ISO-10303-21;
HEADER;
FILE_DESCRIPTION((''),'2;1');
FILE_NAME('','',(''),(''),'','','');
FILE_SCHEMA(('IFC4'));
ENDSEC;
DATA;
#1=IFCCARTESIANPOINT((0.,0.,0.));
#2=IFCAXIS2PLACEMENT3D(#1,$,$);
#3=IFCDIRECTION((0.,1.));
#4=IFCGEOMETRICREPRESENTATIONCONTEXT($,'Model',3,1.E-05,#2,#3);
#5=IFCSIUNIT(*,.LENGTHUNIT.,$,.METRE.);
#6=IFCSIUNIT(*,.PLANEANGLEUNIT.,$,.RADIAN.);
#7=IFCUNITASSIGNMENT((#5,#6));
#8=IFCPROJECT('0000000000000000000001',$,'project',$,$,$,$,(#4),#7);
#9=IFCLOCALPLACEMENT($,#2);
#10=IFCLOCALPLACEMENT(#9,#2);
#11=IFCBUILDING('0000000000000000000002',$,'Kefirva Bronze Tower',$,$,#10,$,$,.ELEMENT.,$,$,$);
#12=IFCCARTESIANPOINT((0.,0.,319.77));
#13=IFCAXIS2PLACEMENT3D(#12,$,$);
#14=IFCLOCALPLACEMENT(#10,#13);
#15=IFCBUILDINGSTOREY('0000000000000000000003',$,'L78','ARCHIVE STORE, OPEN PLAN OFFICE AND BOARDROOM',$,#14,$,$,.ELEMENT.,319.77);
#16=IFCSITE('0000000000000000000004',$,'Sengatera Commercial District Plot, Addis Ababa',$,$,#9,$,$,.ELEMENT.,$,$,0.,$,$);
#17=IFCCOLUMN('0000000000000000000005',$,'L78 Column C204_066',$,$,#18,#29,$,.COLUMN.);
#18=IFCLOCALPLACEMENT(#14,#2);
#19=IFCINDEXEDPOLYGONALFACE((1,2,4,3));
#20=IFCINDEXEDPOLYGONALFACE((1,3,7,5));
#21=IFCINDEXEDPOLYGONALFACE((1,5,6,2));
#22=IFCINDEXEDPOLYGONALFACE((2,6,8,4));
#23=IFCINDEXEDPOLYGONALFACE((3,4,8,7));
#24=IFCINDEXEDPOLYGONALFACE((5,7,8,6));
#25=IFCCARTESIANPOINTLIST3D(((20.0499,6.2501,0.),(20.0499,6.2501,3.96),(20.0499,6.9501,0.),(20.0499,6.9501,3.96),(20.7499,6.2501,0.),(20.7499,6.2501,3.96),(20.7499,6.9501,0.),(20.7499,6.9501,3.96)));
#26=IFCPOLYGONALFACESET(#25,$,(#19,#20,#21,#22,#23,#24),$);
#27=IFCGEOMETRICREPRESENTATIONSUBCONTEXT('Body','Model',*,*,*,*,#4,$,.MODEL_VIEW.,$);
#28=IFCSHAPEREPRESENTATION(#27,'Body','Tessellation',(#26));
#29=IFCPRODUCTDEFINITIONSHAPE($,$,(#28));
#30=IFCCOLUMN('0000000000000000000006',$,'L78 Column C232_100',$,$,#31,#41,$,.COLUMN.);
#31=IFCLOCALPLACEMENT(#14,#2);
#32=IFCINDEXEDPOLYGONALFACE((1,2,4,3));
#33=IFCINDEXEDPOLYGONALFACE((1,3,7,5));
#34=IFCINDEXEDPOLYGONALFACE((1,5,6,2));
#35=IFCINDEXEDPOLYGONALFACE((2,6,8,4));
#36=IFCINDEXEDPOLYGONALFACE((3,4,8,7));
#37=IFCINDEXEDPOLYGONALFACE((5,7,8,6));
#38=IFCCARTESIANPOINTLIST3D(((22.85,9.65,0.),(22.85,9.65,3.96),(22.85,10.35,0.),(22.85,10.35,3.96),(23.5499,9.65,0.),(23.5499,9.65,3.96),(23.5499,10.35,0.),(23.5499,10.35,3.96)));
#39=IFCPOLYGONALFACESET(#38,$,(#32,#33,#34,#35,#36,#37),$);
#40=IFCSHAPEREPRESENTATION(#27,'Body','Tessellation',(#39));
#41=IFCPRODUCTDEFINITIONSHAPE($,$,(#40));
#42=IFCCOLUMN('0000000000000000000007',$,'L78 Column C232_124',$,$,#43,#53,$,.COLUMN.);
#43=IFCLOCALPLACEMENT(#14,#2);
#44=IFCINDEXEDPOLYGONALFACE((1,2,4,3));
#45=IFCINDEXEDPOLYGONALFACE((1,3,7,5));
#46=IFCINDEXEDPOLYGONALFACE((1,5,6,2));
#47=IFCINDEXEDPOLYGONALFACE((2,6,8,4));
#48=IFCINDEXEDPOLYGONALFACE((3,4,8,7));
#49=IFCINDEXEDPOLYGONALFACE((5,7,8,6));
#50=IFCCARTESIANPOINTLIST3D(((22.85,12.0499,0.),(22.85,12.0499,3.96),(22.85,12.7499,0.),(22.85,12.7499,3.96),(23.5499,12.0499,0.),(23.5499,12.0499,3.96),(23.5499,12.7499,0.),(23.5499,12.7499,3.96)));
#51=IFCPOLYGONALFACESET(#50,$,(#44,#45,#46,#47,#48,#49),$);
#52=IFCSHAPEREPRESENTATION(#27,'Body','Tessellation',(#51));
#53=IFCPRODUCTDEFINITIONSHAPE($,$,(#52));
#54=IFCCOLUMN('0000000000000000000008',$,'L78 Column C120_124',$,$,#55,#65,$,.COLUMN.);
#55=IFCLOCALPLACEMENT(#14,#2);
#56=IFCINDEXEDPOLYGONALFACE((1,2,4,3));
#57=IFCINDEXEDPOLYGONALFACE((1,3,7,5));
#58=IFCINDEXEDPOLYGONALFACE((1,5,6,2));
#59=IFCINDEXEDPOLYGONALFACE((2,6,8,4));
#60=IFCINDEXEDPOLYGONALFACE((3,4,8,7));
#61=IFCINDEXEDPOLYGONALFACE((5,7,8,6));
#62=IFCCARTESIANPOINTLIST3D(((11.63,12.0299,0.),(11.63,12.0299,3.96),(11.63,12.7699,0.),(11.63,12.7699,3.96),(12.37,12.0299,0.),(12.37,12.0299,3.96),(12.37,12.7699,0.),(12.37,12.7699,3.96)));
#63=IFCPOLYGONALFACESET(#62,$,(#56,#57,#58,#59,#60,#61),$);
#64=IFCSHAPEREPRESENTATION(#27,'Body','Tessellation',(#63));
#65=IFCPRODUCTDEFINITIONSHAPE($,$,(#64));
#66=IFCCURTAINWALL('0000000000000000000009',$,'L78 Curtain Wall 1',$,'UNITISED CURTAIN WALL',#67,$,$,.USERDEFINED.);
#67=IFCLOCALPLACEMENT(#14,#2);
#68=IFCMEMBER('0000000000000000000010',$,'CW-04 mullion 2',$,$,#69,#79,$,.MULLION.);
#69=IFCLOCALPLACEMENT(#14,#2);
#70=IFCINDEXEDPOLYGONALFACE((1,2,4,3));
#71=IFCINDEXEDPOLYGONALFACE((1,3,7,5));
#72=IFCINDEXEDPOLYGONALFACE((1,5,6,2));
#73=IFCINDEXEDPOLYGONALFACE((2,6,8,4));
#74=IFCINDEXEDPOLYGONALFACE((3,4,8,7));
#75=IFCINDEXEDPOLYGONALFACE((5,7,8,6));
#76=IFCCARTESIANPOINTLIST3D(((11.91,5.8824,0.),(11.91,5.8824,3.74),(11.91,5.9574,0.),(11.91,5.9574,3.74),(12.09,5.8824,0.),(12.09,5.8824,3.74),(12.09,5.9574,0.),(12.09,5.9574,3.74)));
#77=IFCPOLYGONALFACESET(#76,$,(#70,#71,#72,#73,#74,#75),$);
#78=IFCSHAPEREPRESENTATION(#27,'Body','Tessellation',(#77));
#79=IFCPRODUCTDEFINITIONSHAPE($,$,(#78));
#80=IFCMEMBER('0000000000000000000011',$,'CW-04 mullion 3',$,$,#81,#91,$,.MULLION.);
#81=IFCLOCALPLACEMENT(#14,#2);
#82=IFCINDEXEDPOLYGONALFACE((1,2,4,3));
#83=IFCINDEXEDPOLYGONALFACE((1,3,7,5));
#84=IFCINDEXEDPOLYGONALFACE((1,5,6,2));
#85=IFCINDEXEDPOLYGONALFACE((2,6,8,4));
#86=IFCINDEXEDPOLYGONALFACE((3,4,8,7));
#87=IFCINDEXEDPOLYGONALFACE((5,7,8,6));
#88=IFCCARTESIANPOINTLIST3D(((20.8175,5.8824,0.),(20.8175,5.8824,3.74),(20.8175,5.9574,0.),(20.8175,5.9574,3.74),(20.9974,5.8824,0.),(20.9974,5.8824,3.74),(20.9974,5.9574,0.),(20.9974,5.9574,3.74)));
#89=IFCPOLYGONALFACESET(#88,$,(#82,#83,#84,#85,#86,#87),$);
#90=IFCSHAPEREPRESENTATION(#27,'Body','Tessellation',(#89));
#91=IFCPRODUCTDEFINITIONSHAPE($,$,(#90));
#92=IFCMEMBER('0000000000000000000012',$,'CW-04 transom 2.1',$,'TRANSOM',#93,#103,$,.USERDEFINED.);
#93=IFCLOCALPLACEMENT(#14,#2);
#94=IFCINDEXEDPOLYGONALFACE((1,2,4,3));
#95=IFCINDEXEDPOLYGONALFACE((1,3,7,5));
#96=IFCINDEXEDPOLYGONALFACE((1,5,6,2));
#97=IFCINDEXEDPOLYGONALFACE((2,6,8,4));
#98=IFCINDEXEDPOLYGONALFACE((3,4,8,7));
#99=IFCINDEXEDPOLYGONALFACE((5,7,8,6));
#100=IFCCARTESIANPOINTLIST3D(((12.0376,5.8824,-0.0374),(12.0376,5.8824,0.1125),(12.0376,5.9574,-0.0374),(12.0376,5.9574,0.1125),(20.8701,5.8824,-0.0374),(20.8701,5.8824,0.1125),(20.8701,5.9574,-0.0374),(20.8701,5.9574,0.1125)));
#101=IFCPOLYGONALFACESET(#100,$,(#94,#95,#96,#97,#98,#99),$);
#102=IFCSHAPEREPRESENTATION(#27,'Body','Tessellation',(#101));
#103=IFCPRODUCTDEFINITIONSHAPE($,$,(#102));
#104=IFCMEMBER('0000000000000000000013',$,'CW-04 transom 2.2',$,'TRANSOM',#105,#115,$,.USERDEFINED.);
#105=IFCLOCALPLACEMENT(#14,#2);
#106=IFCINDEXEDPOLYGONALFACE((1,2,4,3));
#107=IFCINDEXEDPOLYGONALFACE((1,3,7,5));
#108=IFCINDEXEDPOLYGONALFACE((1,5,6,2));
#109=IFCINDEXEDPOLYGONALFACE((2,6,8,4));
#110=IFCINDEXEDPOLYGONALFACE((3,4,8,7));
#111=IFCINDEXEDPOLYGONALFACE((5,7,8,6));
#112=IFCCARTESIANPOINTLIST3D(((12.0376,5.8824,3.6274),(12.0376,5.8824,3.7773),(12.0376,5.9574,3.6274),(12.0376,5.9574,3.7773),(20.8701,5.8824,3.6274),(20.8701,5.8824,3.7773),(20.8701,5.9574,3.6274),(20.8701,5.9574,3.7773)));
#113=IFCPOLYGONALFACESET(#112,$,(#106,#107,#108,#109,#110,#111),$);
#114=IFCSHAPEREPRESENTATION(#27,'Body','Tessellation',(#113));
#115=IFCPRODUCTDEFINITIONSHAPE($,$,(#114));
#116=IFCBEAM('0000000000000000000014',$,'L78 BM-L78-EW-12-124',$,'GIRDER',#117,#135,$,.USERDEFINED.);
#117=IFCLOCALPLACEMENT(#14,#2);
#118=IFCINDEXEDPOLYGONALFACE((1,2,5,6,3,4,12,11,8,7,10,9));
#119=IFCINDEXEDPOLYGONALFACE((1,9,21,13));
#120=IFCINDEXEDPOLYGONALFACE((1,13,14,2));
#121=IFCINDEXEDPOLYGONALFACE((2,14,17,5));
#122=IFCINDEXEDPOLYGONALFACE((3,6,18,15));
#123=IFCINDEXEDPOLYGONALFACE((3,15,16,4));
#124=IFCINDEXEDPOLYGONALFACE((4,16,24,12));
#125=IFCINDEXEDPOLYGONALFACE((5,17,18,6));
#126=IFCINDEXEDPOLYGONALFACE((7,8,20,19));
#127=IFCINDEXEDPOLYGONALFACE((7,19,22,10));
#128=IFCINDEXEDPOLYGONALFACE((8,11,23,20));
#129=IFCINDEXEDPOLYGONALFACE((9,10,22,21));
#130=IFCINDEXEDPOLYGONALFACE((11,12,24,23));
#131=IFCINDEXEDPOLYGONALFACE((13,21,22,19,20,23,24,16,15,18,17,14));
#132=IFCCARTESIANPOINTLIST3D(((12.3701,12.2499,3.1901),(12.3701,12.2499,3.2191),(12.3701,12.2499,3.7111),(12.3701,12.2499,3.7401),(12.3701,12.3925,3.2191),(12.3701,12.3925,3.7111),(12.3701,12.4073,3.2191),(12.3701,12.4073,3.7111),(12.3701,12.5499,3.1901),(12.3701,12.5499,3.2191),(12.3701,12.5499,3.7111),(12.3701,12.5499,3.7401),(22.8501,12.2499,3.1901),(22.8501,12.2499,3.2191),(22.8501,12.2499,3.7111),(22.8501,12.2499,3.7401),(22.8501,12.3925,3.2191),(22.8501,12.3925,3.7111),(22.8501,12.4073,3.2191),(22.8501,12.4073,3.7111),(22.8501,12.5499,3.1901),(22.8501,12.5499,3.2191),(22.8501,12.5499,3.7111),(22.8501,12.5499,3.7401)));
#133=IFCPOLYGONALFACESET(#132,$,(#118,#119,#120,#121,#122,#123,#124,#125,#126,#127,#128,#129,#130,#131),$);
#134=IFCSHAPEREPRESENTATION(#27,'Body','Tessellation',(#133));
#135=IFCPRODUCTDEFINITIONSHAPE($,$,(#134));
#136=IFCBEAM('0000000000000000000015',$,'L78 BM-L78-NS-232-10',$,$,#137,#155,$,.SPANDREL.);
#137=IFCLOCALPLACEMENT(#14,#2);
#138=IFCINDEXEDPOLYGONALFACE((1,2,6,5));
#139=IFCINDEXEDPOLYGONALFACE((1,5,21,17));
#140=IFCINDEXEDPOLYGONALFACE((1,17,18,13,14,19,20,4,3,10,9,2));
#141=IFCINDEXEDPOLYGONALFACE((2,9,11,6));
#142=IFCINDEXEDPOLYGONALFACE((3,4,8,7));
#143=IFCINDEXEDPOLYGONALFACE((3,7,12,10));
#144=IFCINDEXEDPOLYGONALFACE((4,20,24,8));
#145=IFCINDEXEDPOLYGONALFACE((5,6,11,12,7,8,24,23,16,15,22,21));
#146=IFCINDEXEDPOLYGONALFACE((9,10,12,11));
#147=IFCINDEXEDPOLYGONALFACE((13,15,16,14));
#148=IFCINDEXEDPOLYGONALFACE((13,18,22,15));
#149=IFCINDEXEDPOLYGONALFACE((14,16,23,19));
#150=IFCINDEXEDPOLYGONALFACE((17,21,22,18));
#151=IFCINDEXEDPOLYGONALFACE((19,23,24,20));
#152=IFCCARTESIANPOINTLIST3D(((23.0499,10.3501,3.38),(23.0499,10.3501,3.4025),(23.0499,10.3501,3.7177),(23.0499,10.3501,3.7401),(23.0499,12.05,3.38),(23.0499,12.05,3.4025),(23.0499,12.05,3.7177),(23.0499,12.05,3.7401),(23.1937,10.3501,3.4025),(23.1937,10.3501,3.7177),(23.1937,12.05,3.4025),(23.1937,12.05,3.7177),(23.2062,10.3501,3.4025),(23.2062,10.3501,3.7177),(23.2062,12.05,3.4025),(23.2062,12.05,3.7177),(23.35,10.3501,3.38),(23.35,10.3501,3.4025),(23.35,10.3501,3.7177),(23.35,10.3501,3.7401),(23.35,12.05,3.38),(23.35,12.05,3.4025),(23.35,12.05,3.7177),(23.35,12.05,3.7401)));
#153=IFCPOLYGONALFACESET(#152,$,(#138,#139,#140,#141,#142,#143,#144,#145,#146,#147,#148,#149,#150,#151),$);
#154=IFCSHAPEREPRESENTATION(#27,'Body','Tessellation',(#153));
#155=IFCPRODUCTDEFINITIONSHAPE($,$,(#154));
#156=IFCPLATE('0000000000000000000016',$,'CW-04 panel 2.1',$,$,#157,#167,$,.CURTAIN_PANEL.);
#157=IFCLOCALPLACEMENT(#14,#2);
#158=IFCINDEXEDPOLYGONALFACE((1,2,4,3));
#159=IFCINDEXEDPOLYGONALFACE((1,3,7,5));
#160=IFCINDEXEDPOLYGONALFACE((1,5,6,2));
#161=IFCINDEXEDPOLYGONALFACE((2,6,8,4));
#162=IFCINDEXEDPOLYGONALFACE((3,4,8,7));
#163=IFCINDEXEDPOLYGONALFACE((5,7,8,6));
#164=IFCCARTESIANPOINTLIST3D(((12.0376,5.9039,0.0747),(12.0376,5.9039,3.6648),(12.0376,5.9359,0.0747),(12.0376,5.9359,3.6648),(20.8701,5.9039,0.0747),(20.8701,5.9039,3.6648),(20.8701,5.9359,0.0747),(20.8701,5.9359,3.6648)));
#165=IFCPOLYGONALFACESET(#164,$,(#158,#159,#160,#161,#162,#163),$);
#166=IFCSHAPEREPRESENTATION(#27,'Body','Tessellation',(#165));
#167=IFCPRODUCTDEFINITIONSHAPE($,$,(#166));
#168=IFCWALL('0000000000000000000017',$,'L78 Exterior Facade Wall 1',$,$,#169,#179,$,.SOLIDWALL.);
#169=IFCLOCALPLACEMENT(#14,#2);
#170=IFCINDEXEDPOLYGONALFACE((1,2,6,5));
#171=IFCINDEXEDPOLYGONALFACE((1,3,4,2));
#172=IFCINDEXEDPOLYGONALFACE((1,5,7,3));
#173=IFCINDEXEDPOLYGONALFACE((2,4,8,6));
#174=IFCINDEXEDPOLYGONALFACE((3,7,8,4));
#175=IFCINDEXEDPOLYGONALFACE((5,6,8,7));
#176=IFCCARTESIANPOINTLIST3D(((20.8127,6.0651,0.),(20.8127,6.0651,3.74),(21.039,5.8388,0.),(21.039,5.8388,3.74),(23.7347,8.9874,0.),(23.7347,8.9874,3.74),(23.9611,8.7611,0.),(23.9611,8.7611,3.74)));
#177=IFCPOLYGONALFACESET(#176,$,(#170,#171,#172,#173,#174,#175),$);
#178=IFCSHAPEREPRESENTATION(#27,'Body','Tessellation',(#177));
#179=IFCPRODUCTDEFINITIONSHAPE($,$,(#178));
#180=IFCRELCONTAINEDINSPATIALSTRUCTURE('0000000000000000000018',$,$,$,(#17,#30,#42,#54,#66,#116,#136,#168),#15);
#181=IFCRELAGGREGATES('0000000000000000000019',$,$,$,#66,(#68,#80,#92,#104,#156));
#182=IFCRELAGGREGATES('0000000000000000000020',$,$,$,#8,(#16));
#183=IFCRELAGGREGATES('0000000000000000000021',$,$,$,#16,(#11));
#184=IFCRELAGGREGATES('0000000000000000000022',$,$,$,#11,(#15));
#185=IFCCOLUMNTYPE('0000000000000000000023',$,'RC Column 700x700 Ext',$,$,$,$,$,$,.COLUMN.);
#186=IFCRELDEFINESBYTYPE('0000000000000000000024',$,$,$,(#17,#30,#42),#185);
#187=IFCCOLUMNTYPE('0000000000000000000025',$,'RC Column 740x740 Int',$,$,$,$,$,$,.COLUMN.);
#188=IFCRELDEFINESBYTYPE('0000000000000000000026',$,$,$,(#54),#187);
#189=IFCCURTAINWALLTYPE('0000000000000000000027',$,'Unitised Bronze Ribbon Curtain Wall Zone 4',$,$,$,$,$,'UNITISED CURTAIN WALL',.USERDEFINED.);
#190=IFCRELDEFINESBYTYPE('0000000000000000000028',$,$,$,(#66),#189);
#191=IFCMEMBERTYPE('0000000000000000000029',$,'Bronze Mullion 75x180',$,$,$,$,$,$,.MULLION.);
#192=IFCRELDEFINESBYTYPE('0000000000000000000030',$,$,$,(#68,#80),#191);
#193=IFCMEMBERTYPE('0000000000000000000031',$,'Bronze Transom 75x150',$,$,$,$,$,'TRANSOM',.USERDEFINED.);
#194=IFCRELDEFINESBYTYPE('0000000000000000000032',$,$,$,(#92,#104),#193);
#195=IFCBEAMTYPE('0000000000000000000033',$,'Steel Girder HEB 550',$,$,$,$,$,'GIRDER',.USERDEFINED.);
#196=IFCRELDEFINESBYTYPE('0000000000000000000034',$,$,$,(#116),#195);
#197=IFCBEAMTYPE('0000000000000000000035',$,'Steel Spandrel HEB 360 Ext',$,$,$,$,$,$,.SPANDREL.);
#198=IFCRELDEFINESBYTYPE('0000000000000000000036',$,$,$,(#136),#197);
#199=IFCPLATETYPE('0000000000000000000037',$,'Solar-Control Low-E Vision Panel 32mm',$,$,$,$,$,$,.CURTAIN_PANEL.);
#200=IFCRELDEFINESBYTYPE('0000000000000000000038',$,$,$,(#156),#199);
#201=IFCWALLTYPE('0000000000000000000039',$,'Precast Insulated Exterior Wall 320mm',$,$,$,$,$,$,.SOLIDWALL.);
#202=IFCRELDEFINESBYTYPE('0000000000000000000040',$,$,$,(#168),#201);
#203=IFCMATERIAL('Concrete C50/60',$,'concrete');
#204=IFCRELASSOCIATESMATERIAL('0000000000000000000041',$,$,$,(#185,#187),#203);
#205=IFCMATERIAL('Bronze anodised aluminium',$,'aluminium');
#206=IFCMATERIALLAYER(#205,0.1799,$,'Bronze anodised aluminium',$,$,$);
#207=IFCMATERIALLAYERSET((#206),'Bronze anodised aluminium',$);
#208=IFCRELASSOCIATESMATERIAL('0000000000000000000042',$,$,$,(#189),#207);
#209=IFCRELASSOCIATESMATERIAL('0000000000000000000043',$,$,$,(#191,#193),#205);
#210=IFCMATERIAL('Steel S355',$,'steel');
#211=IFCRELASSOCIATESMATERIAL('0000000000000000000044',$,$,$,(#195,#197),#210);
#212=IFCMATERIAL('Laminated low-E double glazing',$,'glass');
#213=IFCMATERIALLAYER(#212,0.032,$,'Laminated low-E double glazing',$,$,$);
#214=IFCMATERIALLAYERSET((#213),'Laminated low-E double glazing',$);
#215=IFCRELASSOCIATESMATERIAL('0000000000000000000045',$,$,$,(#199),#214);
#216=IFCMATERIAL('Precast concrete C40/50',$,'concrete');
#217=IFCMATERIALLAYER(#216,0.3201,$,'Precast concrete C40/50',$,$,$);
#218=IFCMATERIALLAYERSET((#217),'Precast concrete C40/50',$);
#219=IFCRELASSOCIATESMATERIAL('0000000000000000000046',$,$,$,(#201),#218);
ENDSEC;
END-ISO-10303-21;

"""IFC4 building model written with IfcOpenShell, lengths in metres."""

from ifc_helpers import new_model, si_unit, direction, frame, frame_2d, origin, origin_2d, place, context, subcontext, project, spatial, rectangle, i_section, extrude, material, layer, layer_set, material_profile, profile_set, type_object, element, aggregate, save


model = new_model("IFC4")

# Units and contexts
model_context = context("Model", 3, precision=1e-05, world=origin(), true_north=direction((0.0, 1.0)))
body_context = subcontext(model_context, "Body", "Model", "MODEL_VIEW")
ifc_project = project(units=[si_unit("LENGTHUNIT", "METRE"), si_unit("PLANEANGLEUNIT", "RADIAN")], contexts=[model_context])

# Site, building, storey
site_placement = place(None, origin())
site = spatial("IfcSite", under=ifc_project, at=site_placement, Name="Sengatera Commercial District Plot, Addis Ababa", CompositionType="ELEMENT", RefElevation=0.0)
building_placement = place(site_placement, origin())
building = spatial("IfcBuilding", under=site, at=building_placement, Name="Kefirva Bronze Tower", CompositionType="ELEMENT")
storey_placement = place(building_placement, frame((0.0, 0.0, 319.77)))
storey = spatial("IfcBuildingStorey", under=building, at=storey_placement, Name="L78", Description="ARCHIVE STORE, OPEN PLAN OFFICE AND BOARDROOM", CompositionType="ELEMENT", Elevation=319.77)

# Columns
ifc_material_1 = material(Name="Concrete C50/60", Category="concrete")
ifc_material_profile_1 = material_profile(ifc_material_1, rectangle(XDim=0.7, YDim=0.7, at=origin_2d()), Name="RC 700x700")
ifc_profile_set_1 = profile_set([ifc_material_profile_1], Name="Concrete C50/60")
column_type_1 = type_object("IfcColumnType", Name="RC Column 700x700 Ext", PredefinedType="COLUMN", material=ifc_profile_set_1)
for number, where, z_axis, x_axis, name in (
    (1, (20.3999, 6.6001, 0.0), (0.0, 0.0, 1.0), (1.0, 0.0, 0.0), "L78 Column C204_066"),
    (2, (23.2, 10.0, 0.0), (0.0, 0.0, 1.0), (1.0, 0.0, 0.0), "L78 Column C232_100"),
    (3, (23.2, 12.3999, 0.0), (0.0, 0.0, 1.0), (1.0, 0.0, 0.0), "L78 Column C232_124"),
):
    element("IfcColumn", number, at=place(storey_placement, frame(where, z_axis=z_axis, x_axis=x_axis)), inside=storey, type_object=column_type_1, Name=name, PredefinedType="COLUMN", context=body_context, shape_type="SweptSolid", body=[
        extrude(rectangle(XDim=0.7, YDim=0.7, at=origin_2d()), origin(), (0.0, 0.0, 1.0), 3.96),
    ])
ifc_material_profile_2 = material_profile(ifc_material_1, rectangle(XDim=0.74, YDim=0.74, at=origin_2d()), Name="RC 740x740")
ifc_profile_set_2 = profile_set([ifc_material_profile_2], Name="Concrete C50/60")
column_type_2 = type_object("IfcColumnType", Name="RC Column 740x740 Int", PredefinedType="COLUMN", material=ifc_profile_set_2)
column_placement = place(storey_placement, frame((12.0, 12.3999, 0.0), z_axis=(0.0, 0.0, 1.0), x_axis=(1.0, 0.0, 0.0)))
element("IfcColumn", 4, at=column_placement, inside=storey, type_object=column_type_2, Name="L78 Column C120_124", PredefinedType="COLUMN", context=body_context, shape_type="SweptSolid", body=[
    extrude(rectangle(XDim=0.74, YDim=0.74, at=origin_2d()), origin(), (0.0, 0.0, 1.0), 3.96),
])

# Curtain wall, members
ifc_material_2 = material(Name="Bronze anodised aluminium", Category="aluminium")
ifc_layer_1 = layer(ifc_material_2, 0.1799, Name="Bronze anodised aluminium")
ifc_layer_set_1 = layer_set([ifc_layer_1], Name="Bronze anodised aluminium")
curtain_wall_type = type_object("IfcCurtainWallType", Name="Unitised Bronze Ribbon Curtain Wall Zone 4", ElementType="UNITISED CURTAIN WALL", PredefinedType="USERDEFINED", material=ifc_layer_set_1)
curtain_wall_placement = place(storey_placement, origin())
curtain_wall = element("IfcCurtainWall", 5, at=curtain_wall_placement, inside=storey, type_object=curtain_wall_type, Name="L78 Curtain Wall 1", ObjectType="UNITISED CURTAIN WALL", PredefinedType="USERDEFINED")
ifc_material_profile_3 = material_profile(ifc_material_2, rectangle(XDim=0.075, YDim=0.1799, at=origin_2d()), Name="ALU 75x180")
ifc_profile_set_3 = profile_set([ifc_material_profile_3], Name="Bronze anodised aluminium")
member_type_1 = type_object("IfcMemberType", Name="Bronze Mullion 75x180", PredefinedType="MULLION", material=ifc_profile_set_3)
member_1_placement = place(storey_placement, frame((12.0, 5.9199, 0.0), z_axis=(0.0, 0.0, 1.0), x_axis=(0.0, 1.0, 0.0)))
member_1 = element("IfcMember", 6, at=member_1_placement, type_object=member_type_1, Name="CW-04 mullion 2", PredefinedType="MULLION", context=body_context, shape_type="SweptSolid", body=[
    extrude(rectangle(XDim=0.075, YDim=0.1799, at=origin_2d()), origin(), (0.0, 0.0, 1.0), 3.74),
])
member_2_placement = place(storey_placement, frame((20.9075, 5.9199, 0.0), z_axis=(0.0, 0.0, 1.0), x_axis=(0.0, 1.0, 0.0)))
member_2 = element("IfcMember", 7, at=member_2_placement, type_object=member_type_1, Name="CW-04 mullion 3", PredefinedType="MULLION", context=body_context, shape_type="SweptSolid", body=[
    extrude(rectangle(XDim=0.075, YDim=0.1799, at=origin_2d()), origin(), (0.0, 0.0, 1.0), 3.74),
])
ifc_material_profile_4 = material_profile(ifc_material_2, rectangle(XDim=0.075, YDim=0.1499, at=origin_2d()), Name="ALU 75x150")
ifc_profile_set_4 = profile_set([ifc_material_profile_4], Name="Bronze anodised aluminium")
member_type_2 = type_object("IfcMemberType", Name="Bronze Transom 75x150", ElementType="TRANSOM", PredefinedType="USERDEFINED", material=ifc_profile_set_4)
member_3_placement = place(storey_placement, frame((12.0376, 5.9199, 0.0376), z_axis=(1.0, 0.0, 0.0), x_axis=(0.0, 1.0, 0.0)))
member_3 = element("IfcMember", 8, at=member_3_placement, type_object=member_type_2, Name="CW-04 transom 2.1", ObjectType="TRANSOM", PredefinedType="USERDEFINED", context=body_context, shape_type="SweptSolid", body=[
    extrude(rectangle(XDim=0.075, YDim=0.1499, at=origin_2d()), origin(), (0.0, 0.0, 1.0), 8.8325),
])
member_4_placement = place(storey_placement, frame((12.0376, 5.9199, 3.7024), z_axis=(1.0, 0.0, 0.0), x_axis=(0.0, 1.0, 0.0)))
member_4 = element("IfcMember", 9, at=member_4_placement, type_object=member_type_2, Name="CW-04 transom 2.2", ObjectType="TRANSOM", PredefinedType="USERDEFINED", context=body_context, shape_type="SweptSolid", body=[
    extrude(rectangle(XDim=0.075, YDim=0.1499, at=origin_2d()), origin(), (0.0, 0.0, 1.0), 8.8325),
])

# Beams
ifc_material_3 = material(Name="Steel S355", Category="steel")
ifc_material_profile_5 = material_profile(ifc_material_3, i_section(OverallWidth=0.3, OverallDepth=0.55, WebThickness=0.0149, FlangeThickness=0.0291, at=origin_2d()), Name="HEB 550")
ifc_profile_set_5 = profile_set([ifc_material_profile_5], Name="Steel S355")
beam_type_1 = type_object("IfcBeamType", Name="Steel Girder HEB 550", ElementType="GIRDER", PredefinedType="USERDEFINED", material=ifc_profile_set_5)
beam_1_placement = place(storey_placement, frame((12.3701, 12.3999, 3.4651), z_axis=(1.0, 0.0, 0.0), x_axis=(0.0, 1.0, 0.0)))
element("IfcBeam", 10, at=beam_1_placement, inside=storey, type_object=beam_type_1, Name="L78 BM-L78-EW-12-124", ObjectType="GIRDER", PredefinedType="USERDEFINED", context=body_context, shape_type="SweptSolid", body=[
    extrude(i_section(OverallWidth=0.3, OverallDepth=0.55, WebThickness=0.0149, FlangeThickness=0.0291, at=origin_2d()), origin(), (0.0, 0.0, 1.0), 10.48),
])
ifc_material_profile_6 = material_profile(ifc_material_3, i_section(OverallWidth=0.3, OverallDepth=0.3601, WebThickness=0.0125, FlangeThickness=0.0225, at=origin_2d()), Name="HEB 360")
ifc_profile_set_6 = profile_set([ifc_material_profile_6], Name="Steel S355")
beam_type_2 = type_object("IfcBeamType", Name="Steel Spandrel HEB 360 Ext", PredefinedType="SPANDREL", material=ifc_profile_set_6)
beam_2_placement = place(storey_placement, frame((23.2, 10.3501, 3.5601), z_axis=(0.0, 1.0, 0.0), x_axis=(-1.0, 0.0, 0.0)))
element("IfcBeam", 11, at=beam_2_placement, inside=storey, type_object=beam_type_2, Name="L78 BM-L78-NS-232-10", PredefinedType="SPANDREL", context=body_context, shape_type="SweptSolid", body=[
    extrude(i_section(OverallWidth=0.3, OverallDepth=0.3601, WebThickness=0.0125, FlangeThickness=0.0225, at=origin_2d()), origin(), (0.0, 0.0, 1.0), 1.7),
])

# Plate
ifc_material_4 = material(Name="Laminated low-E double glazing", Category="glass")
ifc_layer_2 = layer(ifc_material_4, 0.032, Name="Laminated low-E double glazing")
ifc_layer_set_2 = layer_set([ifc_layer_2], Name="Laminated low-E double glazing")
plate_type = type_object("IfcPlateType", Name="Solar-Control Low-E Vision Panel 32mm", PredefinedType="CURTAIN_PANEL", material=ifc_layer_set_2)
plate_placement = place(storey_placement, frame((16.4539, 5.9199, 0.0747), z_axis=(0.0, 0.0, 1.0), x_axis=(1.0, 0.0, 0.0)))
plate = element("IfcPlate", 12, at=plate_placement, type_object=plate_type, Name="CW-04 panel 2.1", PredefinedType="CURTAIN_PANEL", context=body_context, shape_type="SweptSolid", body=[
    extrude(rectangle(XDim=8.8325, YDim=0.032, at=origin_2d()), origin(), (0.0, 0.0, 1.0), 3.5901),
])
aggregate(curtain_wall, [member_1, member_2, member_3, member_4, plate])

# Wall
ifc_material_5 = material(Name="Precast concrete C40/50", Category="concrete")
ifc_layer_3 = layer(ifc_material_5, 0.3201, Name="Precast concrete C40/50")
ifc_layer_set_3 = layer_set([ifc_layer_3], Name="Precast concrete C40/50")
wall_type = type_object("IfcWallType", Name="Precast Insulated Exterior Wall 320mm", PredefinedType="SOLIDWALL", material=ifc_layer_set_3)
wall_placement = place(storey_placement, frame((20.9258, 5.9519, 0.0), z_axis=(0.0, 0.0, 1.0), x_axis=(0.707077, 0.707136, 0.0)))
element("IfcWall", 13, at=wall_placement, inside=storey, type_object=wall_type, Name="L78 Exterior Facade Wall 1", PredefinedType="SOLIDWALL", context=body_context, shape_type="SweptSolid", body=[
    extrude(rectangle(XDim=4.1326, YDim=0.3201, at=frame_2d((2.0664, 0.0))), origin(), (0.0, 0.0, 1.0), 3.74),
])

save(model, "model.ifc")
